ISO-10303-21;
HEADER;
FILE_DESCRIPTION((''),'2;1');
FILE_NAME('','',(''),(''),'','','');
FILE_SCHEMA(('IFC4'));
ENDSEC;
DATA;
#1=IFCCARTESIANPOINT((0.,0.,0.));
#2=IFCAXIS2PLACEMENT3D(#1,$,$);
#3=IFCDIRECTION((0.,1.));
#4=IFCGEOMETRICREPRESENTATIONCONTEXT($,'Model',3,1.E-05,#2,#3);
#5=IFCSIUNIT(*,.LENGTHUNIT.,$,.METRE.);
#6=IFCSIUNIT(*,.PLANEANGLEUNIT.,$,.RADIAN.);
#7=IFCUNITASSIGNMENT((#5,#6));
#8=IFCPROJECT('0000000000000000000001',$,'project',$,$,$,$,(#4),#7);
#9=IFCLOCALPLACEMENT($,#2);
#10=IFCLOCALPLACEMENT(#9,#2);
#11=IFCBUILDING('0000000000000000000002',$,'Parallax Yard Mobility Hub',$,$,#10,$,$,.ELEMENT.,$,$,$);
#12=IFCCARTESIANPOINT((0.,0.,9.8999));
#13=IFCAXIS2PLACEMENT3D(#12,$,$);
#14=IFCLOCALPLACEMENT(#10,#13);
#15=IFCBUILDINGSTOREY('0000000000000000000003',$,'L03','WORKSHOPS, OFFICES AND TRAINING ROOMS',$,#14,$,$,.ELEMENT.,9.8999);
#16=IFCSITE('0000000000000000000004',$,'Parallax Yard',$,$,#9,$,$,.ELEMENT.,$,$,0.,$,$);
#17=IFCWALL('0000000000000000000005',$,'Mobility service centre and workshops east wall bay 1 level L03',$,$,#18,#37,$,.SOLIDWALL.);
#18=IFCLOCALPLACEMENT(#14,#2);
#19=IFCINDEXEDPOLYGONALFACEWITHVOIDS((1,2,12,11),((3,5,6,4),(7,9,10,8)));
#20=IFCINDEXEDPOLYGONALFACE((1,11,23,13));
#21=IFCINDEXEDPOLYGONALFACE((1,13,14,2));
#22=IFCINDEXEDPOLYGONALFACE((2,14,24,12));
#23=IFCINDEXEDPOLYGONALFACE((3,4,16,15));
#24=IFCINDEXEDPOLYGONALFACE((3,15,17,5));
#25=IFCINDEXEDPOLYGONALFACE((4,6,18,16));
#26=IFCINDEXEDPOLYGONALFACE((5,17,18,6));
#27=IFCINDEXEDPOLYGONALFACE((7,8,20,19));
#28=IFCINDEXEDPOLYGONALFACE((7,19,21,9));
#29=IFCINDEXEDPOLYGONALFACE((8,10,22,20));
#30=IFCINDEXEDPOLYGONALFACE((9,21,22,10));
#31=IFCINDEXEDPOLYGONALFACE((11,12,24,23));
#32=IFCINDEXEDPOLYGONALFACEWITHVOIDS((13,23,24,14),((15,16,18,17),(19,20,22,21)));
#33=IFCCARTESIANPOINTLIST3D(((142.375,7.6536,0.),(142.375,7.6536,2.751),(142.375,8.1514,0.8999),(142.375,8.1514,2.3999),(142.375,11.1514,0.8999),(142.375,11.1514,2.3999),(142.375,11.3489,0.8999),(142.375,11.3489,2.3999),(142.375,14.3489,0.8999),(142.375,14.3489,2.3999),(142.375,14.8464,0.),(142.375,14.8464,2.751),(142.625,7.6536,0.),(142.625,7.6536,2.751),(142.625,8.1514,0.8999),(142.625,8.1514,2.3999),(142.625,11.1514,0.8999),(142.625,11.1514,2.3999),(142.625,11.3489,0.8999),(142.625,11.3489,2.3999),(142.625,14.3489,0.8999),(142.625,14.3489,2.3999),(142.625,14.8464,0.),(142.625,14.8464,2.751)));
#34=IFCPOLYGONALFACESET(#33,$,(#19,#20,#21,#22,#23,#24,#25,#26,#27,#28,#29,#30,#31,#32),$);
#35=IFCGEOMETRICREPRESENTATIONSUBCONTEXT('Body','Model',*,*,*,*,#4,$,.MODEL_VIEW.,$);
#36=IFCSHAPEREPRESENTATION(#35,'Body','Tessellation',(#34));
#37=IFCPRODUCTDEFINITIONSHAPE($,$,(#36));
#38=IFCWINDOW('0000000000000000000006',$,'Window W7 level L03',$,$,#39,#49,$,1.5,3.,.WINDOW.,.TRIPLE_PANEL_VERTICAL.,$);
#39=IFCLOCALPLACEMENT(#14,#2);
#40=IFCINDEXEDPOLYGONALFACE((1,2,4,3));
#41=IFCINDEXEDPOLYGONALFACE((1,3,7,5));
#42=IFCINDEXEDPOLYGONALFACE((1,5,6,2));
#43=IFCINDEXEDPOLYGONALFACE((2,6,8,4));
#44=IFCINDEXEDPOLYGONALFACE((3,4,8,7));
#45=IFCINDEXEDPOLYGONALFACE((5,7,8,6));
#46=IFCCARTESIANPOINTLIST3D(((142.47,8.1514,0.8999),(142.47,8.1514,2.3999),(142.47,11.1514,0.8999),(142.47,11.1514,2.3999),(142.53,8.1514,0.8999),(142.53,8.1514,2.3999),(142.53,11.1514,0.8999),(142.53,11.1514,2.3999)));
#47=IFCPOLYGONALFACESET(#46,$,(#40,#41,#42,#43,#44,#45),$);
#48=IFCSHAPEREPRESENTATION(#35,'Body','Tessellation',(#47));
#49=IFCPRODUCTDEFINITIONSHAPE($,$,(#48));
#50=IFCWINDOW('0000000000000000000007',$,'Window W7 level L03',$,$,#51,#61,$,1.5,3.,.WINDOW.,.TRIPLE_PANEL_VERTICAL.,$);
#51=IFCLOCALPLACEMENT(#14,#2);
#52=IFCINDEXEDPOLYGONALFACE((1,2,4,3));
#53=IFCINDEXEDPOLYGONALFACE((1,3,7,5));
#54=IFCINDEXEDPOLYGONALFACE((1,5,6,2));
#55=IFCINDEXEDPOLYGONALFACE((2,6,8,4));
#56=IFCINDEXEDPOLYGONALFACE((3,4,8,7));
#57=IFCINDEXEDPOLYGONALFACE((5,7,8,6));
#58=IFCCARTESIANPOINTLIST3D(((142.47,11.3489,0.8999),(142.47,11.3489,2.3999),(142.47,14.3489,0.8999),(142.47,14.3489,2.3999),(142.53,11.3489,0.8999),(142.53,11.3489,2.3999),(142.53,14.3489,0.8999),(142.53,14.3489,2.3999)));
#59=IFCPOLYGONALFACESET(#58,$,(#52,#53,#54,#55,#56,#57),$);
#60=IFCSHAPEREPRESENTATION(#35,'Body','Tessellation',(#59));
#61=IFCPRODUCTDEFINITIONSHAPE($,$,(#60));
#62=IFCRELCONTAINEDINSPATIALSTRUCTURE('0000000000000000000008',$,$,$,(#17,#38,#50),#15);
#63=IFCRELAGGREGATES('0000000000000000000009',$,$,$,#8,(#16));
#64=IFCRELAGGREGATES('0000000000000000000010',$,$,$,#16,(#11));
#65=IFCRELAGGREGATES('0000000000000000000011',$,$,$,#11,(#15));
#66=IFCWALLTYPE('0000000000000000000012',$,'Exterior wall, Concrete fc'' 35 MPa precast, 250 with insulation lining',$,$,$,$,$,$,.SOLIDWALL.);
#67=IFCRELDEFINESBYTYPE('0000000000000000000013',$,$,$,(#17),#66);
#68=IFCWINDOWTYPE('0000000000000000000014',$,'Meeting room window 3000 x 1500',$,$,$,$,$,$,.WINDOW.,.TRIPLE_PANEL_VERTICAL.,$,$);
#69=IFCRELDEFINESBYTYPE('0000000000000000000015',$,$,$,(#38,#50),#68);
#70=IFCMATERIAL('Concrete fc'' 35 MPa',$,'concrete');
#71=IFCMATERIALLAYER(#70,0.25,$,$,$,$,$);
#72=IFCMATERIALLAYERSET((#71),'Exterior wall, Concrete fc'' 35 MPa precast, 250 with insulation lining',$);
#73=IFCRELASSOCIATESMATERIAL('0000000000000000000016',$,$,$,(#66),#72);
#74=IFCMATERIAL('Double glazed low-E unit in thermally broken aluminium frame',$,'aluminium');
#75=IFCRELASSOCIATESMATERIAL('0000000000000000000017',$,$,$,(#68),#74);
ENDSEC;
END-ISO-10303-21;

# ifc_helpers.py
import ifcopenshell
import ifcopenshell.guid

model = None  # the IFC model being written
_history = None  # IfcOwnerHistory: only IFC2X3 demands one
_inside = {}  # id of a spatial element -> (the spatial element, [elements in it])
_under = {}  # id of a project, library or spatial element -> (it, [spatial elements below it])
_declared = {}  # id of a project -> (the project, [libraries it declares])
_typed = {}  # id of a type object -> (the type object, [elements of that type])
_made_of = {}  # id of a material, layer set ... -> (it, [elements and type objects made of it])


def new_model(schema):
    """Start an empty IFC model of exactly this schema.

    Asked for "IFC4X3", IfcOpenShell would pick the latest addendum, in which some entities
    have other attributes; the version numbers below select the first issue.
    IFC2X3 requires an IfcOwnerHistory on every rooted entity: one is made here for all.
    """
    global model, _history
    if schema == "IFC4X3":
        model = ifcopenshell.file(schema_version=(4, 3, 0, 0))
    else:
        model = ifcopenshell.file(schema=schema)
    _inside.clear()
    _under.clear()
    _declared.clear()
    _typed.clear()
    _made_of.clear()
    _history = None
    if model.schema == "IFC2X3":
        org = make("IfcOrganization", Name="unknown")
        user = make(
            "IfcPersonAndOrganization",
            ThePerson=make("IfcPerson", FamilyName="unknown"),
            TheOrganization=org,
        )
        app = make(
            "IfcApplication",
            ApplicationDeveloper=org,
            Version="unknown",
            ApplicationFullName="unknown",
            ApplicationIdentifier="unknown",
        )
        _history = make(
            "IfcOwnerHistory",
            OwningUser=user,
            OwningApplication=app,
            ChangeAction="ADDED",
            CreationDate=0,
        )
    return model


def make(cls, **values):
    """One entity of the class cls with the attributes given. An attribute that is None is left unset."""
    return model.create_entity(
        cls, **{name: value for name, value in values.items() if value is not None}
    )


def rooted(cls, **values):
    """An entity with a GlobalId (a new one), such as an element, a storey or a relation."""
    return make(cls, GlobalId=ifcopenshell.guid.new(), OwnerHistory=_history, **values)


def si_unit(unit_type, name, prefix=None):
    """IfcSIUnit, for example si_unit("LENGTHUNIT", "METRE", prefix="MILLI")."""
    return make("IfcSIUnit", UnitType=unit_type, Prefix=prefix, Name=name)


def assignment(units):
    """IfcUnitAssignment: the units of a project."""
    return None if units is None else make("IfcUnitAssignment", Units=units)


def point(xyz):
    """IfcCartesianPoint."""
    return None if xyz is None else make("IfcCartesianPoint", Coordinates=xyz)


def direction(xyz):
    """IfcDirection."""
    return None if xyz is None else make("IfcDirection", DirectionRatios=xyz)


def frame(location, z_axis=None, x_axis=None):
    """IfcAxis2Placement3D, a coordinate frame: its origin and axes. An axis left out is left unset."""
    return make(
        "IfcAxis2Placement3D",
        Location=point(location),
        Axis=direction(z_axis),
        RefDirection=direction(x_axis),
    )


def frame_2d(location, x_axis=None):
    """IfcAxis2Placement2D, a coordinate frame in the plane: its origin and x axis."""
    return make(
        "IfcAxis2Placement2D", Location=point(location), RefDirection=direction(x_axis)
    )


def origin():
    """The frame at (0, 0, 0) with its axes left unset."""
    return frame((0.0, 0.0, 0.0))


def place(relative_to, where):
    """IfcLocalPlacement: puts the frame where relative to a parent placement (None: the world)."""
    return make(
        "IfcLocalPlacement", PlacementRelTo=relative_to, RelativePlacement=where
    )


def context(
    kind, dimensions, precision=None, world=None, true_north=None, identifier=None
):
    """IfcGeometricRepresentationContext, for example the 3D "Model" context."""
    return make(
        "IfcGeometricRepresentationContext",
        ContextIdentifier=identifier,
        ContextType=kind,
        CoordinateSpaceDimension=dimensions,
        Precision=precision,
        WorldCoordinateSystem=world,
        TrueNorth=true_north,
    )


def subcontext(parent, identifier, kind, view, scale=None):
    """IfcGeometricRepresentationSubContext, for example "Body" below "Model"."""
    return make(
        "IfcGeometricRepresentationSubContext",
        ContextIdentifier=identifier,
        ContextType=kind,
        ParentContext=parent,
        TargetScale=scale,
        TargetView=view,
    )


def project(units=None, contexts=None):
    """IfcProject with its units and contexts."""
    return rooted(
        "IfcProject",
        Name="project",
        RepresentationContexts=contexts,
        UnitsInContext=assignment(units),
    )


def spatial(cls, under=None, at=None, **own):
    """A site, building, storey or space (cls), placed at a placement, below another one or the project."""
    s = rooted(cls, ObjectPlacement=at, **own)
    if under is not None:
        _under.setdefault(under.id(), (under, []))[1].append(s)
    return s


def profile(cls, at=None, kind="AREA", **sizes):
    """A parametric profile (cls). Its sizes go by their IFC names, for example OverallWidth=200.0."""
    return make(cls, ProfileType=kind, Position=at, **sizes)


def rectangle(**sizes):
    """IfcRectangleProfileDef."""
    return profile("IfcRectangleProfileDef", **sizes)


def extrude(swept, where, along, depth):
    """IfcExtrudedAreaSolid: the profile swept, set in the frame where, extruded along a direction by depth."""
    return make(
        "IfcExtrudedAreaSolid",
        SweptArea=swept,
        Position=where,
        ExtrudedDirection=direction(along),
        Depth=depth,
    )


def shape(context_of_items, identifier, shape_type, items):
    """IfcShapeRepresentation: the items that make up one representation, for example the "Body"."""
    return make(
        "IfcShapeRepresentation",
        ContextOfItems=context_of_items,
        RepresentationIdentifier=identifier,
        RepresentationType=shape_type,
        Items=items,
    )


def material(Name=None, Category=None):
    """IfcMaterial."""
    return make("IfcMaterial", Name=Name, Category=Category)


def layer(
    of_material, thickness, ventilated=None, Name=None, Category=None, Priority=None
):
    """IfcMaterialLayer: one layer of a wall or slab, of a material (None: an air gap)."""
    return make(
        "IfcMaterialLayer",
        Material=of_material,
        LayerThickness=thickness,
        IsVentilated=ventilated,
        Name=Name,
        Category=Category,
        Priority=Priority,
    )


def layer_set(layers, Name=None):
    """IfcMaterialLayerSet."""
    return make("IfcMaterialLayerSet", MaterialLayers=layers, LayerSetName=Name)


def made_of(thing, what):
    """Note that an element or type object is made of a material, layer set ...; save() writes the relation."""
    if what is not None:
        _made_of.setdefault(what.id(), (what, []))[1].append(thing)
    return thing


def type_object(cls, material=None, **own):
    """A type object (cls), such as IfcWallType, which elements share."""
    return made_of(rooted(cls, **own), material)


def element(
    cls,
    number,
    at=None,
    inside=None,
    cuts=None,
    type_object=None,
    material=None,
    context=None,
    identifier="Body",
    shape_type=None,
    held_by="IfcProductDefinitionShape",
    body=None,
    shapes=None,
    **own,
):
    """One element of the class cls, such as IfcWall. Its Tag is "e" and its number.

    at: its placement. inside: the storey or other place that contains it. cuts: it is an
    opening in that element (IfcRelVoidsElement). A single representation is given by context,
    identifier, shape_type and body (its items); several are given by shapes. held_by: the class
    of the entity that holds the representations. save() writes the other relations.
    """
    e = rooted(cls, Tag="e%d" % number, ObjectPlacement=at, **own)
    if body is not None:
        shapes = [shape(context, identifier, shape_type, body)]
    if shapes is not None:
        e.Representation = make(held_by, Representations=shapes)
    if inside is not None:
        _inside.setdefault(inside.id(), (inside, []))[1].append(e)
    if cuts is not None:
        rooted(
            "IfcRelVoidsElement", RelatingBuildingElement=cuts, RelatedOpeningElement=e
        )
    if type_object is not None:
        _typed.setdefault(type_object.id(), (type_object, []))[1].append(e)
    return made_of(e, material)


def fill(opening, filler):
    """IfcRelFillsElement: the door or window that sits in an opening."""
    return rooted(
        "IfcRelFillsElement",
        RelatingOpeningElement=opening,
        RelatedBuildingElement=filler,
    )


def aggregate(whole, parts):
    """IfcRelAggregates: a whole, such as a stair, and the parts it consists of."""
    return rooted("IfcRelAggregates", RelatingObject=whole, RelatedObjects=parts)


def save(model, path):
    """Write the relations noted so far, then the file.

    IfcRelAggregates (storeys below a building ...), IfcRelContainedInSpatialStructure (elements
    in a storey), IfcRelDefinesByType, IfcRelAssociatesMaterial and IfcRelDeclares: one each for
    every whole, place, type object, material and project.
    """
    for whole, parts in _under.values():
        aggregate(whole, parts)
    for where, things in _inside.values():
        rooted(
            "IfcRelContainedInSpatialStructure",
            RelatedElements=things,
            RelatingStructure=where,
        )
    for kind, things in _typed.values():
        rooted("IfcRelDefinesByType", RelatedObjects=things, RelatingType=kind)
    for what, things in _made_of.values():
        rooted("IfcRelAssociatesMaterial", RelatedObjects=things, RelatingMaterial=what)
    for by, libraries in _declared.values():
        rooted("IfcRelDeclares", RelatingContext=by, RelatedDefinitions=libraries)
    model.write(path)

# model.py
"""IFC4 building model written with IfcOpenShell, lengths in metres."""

from ifc_helpers import new_model, si_unit, direction, frame, frame_2d, origin, place, context, subcontext, project, spatial, rectangle, extrude, material, layer, layer_set, type_object, element, fill, save


model = new_model("IFC4")

# Units and contexts
model_context = context("Model", 3, precision=1e-05, world=origin(), true_north=direction((0.0, 1.0)))
body_context = subcontext(model_context, "Body", "Model", "MODEL_VIEW")
ifc_project = project(units=[si_unit("LENGTHUNIT", "METRE"), si_unit("PLANEANGLEUNIT", "RADIAN")], contexts=[model_context])

# Site, building, storey
site_placement = place(None, origin())
site = spatial("IfcSite", under=ifc_project, at=site_placement, Name="Parallax Yard", CompositionType="ELEMENT", RefElevation=0.0)
building_placement = place(site_placement, origin())
building = spatial("IfcBuilding", under=site, at=building_placement, Name="Parallax Yard Mobility Hub", CompositionType="ELEMENT")
storey_placement = place(building_placement, frame((0.0, 0.0, 9.8999)))
storey = spatial("IfcBuildingStorey", under=building, at=storey_placement, Name="L03", Description="WORKSHOPS, OFFICES AND TRAINING ROOMS", CompositionType="ELEMENT", Elevation=9.8999)

# Wall, openings, windows
ifc_material_1 = material(Name="Concrete fc' 35 MPa", Category="concrete")
ifc_layer = layer(ifc_material_1, 0.25)
ifc_layer_set = layer_set([ifc_layer], Name="Exterior wall, Concrete fc' 35 MPa precast, 250 with insulation lining")
wall_type = type_object("IfcWallType", Name="Exterior wall, Concrete fc' 35 MPa precast, 250 with insulation lining", PredefinedType="SOLIDWALL", material=ifc_layer_set)
ifc_material_2 = material(Name="Double glazed low-E unit in thermally broken aluminium frame", Category="aluminium")
window_type = type_object("IfcWindowType", Name="Meeting room window 3000 x 1500", PartitioningType="TRIPLE_PANEL_VERTICAL", PredefinedType="WINDOW", material=ifc_material_2)
wall_1_placement = place(storey_placement, frame((142.5, 7.6536, 0.0), z_axis=(0.0, 0.0, 1.0), x_axis=(0.0, 1.0, 0.0)))
wall_1 = element("IfcWall", 1, at=wall_1_placement, inside=storey, type_object=wall_type, Name="Mobility service centre and workshops east wall bay 1 level L03", PredefinedType="SOLIDWALL", context=body_context, shape_type="SweptSolid", body=[
    extrude(rectangle(XDim=7.1929, YDim=0.25, at=frame_2d((3.5964, 0.0))), origin(), (0.0, 0.0, 1.0), 2.751),
])
opening_1_placement = place(wall_1_placement, frame((0.4978, 0.0, 0.8999)))
opening_1 = element("IfcOpeningElement", 2, at=opening_1_placement, cuts=wall_1, PredefinedType="OPENING", context=body_context, shape_type="SweptSolid", body=[
    extrude(rectangle(XDim=3.0, YDim=1.5, at=frame_2d((1.5, 0.75))), frame((0.0, 0.135, 0.0), z_axis=(0.0, -1.0, 0.0), x_axis=(1.0, 0.0, 0.0)), (0.0, 0.0, 1.0), 0.27),
])
opening_2_placement = place(wall_1_placement, frame((3.6953, 0.0, 0.8999)))
opening_2 = element("IfcOpeningElement", 3, at=opening_2_placement, cuts=wall_1, PredefinedType="OPENING", context=body_context, shape_type="SweptSolid", body=[
    extrude(rectangle(XDim=3.0, YDim=1.5, at=frame_2d((1.5, 0.75))), frame((0.0, 0.135, 0.0), z_axis=(0.0, -1.0, 0.0), x_axis=(1.0, 0.0, 0.0)), (0.0, 0.0, 1.0), 0.27),
])
window_1_placement = place(opening_1_placement, origin())
window_1 = element("IfcWindow", 4, at=window_1_placement, inside=storey, type_object=window_type, Name="Window W7 level L03", OverallHeight=1.5, OverallWidth=3.0, PartitioningType="TRIPLE_PANEL_VERTICAL", PredefinedType="WINDOW", context=body_context, shape_type="SweptSolid", body=[
    extrude(rectangle(XDim=3.0, YDim=1.5, at=frame_2d((1.5, 0.75))), frame((0.0, 0.03, 0.0), z_axis=(0.0, -1.0, 0.0), x_axis=(1.0, 0.0, 0.0)), (0.0, 0.0, 1.0), 0.0601),
])
fill(opening_1, window_1)
window_2_placement = place(opening_2_placement, origin())
window_2 = element("IfcWindow", 5, at=window_2_placement, inside=storey, type_object=window_type, Name="Window W7 level L03", OverallHeight=1.5, OverallWidth=3.0, PartitioningType="TRIPLE_PANEL_VERTICAL", PredefinedType="WINDOW", context=body_context, shape_type="SweptSolid", body=[
    extrude(rectangle(XDim=3.0, YDim=1.5, at=frame_2d((1.5, 0.75))), frame((0.0, 0.03, 0.0), z_axis=(0.0, -1.0, 0.0), x_axis=(1.0, 0.0, 0.0)), (0.0, 0.0, 1.0), 0.0601),
])
fill(opening_2, window_2)

save(model, "model.ifc")
